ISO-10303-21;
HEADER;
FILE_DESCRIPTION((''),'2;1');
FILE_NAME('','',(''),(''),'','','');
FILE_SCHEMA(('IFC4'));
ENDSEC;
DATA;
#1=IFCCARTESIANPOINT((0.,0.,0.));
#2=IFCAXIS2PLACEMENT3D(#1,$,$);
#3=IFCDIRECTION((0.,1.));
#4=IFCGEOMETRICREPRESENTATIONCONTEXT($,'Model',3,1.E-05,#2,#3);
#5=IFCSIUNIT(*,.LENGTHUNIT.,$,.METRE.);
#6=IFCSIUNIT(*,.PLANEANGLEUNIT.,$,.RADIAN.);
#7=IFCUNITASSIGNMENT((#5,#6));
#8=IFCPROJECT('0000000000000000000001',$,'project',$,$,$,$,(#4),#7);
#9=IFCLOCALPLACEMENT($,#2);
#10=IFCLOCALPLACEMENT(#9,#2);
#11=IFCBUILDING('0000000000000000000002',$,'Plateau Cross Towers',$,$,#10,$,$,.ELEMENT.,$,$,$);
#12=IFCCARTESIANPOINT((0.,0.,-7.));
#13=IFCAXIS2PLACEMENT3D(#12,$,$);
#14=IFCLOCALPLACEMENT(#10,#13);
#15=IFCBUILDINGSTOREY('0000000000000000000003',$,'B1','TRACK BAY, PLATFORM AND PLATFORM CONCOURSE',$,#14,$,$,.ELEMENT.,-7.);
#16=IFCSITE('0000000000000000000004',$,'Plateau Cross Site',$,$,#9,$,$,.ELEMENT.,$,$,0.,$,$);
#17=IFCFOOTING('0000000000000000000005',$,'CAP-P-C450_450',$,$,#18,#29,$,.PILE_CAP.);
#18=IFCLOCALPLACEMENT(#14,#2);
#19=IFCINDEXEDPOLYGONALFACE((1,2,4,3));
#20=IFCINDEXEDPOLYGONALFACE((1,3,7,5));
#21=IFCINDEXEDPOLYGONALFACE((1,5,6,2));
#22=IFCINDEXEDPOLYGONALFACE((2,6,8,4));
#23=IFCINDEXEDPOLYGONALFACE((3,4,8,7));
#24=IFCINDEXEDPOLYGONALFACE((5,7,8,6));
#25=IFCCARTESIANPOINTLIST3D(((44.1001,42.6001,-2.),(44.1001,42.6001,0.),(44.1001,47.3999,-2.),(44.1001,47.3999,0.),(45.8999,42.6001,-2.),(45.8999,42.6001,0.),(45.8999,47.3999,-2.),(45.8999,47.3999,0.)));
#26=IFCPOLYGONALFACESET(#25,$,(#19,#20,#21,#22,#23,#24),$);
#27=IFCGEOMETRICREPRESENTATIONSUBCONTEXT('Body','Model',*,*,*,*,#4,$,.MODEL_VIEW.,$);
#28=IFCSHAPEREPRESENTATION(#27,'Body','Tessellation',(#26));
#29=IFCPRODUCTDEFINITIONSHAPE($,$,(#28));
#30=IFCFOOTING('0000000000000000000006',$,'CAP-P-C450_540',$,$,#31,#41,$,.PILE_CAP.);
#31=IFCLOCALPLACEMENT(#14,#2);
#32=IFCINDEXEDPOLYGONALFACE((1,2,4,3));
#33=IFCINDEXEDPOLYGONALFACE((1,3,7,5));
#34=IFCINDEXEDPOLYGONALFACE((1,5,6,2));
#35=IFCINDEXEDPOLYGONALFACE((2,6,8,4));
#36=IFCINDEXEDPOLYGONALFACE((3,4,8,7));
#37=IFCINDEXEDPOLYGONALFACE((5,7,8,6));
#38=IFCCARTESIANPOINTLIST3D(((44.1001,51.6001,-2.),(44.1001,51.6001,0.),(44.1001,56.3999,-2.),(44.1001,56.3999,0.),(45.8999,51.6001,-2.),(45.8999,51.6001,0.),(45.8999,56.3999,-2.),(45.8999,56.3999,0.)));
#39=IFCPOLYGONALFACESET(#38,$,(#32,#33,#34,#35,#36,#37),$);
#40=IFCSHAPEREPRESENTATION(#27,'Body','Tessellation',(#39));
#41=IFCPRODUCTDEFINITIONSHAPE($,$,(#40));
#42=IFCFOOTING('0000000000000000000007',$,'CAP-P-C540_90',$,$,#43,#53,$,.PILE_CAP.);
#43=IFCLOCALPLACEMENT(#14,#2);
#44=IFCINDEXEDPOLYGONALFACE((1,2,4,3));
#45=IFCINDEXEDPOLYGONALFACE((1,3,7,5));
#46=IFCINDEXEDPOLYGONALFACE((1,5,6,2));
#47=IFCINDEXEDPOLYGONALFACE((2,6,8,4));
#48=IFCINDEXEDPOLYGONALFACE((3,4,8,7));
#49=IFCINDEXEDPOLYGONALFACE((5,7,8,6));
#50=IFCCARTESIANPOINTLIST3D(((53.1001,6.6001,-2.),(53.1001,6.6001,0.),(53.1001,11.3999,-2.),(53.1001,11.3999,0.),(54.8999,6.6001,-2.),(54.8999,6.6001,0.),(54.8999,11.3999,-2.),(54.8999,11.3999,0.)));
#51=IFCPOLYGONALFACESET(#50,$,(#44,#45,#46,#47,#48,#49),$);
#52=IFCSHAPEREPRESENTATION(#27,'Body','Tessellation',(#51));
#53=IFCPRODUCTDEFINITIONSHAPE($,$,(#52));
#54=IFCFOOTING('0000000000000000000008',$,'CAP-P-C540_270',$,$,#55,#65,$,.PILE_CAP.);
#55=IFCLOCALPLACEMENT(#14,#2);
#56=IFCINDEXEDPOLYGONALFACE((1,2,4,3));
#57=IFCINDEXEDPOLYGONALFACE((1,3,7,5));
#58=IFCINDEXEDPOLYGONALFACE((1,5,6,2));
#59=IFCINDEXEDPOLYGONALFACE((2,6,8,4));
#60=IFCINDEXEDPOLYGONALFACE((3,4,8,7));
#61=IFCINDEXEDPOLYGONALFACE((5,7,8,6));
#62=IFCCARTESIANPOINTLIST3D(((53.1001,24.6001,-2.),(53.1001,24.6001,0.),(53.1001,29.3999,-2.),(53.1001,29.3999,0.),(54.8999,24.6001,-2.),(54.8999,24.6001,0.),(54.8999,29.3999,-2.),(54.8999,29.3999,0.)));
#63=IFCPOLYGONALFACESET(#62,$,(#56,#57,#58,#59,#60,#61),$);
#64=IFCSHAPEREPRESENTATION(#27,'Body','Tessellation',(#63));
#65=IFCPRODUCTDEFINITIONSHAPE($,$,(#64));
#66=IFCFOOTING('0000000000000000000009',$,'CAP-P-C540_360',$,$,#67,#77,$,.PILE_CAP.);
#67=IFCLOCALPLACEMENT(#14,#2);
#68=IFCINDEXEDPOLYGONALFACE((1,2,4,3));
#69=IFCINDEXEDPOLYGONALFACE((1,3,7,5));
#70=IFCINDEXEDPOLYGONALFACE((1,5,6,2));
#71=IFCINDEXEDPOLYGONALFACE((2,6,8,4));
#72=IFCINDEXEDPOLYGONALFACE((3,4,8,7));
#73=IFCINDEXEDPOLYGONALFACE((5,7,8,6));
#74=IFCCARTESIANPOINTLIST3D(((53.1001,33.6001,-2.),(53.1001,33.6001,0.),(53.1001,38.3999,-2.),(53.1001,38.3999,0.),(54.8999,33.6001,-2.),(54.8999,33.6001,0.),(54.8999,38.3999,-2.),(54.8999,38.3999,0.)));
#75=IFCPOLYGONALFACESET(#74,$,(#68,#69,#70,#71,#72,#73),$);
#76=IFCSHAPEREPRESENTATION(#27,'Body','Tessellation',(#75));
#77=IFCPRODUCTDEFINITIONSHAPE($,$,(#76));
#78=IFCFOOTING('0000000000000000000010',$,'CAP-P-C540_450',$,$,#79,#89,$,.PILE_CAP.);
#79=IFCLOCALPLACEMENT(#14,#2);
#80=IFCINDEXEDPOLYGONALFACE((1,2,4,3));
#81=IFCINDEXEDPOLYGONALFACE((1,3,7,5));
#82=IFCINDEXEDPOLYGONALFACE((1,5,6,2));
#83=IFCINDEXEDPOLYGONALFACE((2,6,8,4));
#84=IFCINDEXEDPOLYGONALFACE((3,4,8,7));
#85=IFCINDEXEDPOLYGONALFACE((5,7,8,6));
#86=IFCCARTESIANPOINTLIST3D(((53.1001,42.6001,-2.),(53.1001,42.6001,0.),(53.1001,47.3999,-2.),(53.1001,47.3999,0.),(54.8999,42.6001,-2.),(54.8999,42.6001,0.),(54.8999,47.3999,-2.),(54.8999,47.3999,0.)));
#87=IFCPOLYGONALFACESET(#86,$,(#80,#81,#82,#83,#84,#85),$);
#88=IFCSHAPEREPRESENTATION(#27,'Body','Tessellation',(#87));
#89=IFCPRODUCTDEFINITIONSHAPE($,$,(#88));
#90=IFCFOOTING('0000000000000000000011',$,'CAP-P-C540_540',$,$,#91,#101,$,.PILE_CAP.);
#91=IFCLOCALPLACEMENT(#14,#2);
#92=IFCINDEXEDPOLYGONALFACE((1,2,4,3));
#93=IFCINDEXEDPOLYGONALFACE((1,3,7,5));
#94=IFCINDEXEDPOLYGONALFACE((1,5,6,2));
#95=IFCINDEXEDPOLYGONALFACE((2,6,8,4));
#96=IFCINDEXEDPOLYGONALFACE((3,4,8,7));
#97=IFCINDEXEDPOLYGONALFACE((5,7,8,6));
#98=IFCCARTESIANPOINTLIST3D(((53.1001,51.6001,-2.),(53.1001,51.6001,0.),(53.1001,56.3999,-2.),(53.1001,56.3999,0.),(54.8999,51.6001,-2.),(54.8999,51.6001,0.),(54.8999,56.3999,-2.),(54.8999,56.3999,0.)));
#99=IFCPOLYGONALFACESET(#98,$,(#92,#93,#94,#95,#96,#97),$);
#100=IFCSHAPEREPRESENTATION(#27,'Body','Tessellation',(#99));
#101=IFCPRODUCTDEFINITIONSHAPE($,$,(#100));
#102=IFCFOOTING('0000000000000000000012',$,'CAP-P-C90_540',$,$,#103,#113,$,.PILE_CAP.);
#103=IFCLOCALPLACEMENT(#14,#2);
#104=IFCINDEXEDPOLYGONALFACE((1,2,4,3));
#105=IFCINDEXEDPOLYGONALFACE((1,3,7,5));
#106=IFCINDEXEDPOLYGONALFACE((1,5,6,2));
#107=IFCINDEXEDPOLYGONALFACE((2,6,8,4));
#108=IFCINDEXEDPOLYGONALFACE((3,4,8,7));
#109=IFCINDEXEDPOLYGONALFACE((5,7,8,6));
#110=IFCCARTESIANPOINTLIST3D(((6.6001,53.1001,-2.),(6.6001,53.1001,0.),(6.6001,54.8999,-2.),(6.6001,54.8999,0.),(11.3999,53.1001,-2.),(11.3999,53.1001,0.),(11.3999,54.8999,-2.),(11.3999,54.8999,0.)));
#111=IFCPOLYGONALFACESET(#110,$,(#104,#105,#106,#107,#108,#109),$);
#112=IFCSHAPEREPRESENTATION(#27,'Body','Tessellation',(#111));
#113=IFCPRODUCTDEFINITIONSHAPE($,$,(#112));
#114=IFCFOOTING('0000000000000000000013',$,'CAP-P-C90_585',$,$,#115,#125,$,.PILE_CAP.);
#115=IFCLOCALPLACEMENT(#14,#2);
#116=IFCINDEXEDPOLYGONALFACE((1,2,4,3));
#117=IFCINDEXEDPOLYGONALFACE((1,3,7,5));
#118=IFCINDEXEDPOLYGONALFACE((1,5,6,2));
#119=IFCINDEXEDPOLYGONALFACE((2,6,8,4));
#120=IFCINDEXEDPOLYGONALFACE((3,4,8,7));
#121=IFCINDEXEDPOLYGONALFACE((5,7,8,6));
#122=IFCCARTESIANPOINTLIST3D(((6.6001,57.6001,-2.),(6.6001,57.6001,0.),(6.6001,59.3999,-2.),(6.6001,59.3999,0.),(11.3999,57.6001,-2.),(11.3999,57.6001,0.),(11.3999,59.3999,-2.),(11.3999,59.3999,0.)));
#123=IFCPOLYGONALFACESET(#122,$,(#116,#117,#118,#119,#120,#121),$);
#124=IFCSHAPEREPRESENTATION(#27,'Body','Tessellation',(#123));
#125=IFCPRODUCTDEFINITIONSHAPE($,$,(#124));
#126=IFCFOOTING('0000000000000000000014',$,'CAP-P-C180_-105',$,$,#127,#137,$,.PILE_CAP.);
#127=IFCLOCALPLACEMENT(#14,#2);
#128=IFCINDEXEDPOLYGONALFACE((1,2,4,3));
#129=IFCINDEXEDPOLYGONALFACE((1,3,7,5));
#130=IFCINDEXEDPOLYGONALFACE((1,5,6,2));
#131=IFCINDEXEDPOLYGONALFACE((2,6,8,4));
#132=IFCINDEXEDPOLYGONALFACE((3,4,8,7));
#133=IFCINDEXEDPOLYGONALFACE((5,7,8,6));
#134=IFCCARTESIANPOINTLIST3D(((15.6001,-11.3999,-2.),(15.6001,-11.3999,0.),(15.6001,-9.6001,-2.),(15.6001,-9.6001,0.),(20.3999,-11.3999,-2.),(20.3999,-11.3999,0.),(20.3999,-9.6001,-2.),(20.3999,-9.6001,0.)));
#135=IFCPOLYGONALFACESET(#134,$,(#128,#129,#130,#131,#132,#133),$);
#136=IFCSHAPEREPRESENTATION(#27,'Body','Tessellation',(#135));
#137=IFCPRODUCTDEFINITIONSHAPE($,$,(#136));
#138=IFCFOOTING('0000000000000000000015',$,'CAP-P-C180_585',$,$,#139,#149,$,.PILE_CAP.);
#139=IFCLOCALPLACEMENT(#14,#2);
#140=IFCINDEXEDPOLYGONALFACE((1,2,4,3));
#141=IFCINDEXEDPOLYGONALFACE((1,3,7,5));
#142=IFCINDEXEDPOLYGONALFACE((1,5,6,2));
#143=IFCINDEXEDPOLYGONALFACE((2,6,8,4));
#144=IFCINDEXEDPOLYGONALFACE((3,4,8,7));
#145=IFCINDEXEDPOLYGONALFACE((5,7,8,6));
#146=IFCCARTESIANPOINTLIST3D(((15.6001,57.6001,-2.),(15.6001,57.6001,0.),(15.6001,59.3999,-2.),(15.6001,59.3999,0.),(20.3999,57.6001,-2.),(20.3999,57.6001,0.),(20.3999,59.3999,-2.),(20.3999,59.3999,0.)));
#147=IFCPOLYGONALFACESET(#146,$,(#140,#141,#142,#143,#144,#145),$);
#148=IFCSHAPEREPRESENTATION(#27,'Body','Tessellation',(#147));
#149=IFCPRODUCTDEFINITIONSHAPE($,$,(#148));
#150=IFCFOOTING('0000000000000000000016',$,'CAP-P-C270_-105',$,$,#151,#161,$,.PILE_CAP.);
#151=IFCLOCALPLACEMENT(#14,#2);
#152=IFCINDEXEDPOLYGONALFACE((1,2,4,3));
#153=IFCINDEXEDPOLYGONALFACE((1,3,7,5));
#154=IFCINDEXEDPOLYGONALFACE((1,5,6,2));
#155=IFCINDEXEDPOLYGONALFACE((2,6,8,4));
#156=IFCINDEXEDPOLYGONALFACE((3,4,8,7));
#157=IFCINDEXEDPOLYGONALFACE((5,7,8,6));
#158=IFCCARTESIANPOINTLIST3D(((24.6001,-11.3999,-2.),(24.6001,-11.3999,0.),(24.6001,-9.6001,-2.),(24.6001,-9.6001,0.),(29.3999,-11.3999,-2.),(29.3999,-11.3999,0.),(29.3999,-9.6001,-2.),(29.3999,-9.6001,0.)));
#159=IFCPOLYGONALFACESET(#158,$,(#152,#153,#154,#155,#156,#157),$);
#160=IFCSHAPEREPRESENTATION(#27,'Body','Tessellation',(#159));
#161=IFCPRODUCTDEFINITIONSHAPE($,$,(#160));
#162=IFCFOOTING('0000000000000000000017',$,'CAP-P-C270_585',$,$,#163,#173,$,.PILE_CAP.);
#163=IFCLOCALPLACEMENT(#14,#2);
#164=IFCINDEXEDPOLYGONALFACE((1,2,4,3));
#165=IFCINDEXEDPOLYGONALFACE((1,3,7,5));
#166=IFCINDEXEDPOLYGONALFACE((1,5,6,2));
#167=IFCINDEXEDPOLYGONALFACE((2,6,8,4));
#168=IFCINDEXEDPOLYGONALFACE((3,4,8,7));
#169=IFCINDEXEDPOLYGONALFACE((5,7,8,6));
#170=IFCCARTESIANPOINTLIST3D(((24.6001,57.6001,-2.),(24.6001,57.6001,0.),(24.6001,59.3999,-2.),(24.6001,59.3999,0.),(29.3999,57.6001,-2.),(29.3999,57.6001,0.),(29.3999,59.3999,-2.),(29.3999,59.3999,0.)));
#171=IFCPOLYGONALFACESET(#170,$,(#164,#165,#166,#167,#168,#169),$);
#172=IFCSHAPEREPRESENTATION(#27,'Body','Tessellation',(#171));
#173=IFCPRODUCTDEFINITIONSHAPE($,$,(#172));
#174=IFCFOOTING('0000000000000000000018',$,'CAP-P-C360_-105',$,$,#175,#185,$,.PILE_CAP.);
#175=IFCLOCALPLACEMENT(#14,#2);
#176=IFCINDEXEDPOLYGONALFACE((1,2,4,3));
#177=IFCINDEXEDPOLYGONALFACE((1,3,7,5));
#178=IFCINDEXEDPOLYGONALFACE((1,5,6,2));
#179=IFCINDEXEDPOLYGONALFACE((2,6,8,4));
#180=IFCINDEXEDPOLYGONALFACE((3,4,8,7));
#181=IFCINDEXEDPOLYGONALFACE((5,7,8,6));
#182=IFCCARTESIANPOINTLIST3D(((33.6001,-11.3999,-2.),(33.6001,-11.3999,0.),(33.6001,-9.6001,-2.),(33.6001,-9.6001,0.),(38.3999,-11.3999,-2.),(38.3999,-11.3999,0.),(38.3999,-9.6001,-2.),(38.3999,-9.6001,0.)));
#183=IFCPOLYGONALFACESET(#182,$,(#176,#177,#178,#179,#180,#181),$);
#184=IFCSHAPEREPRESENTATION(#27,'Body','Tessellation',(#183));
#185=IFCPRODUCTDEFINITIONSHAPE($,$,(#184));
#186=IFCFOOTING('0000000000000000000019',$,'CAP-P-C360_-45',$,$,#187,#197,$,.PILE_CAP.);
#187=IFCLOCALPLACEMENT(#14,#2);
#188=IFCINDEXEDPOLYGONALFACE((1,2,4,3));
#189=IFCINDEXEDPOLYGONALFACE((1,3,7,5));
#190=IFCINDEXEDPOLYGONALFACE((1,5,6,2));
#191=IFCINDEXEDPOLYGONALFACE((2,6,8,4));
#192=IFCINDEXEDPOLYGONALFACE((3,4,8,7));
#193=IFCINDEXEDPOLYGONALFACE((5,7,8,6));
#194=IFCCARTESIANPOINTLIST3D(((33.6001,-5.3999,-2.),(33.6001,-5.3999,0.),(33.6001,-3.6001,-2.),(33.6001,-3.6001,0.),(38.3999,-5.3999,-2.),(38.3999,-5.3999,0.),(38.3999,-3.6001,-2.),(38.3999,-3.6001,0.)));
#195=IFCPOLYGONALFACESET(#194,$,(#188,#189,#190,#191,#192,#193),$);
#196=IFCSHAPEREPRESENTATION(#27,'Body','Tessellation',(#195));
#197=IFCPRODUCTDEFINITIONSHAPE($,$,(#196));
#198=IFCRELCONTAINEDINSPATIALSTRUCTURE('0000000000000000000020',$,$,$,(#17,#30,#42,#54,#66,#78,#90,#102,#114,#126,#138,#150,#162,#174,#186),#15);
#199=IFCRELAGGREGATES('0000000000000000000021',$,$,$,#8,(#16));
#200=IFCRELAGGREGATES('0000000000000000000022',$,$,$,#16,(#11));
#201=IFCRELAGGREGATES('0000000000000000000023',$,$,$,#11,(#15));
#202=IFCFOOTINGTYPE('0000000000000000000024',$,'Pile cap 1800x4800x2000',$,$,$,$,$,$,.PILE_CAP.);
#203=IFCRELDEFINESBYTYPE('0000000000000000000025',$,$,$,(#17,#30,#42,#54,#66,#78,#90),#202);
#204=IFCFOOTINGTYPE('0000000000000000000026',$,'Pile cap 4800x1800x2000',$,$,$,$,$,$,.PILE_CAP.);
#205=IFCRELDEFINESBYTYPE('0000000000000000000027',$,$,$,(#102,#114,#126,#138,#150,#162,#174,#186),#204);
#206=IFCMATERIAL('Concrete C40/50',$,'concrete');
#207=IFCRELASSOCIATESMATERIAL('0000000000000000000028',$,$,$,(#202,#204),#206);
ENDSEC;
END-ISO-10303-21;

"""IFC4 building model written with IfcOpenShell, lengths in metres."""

from ifc_helpers import new_model, si_unit, direction, frame, origin, place, context, subcontext, project, spatial, polyline, outline, extrude, material, type_object, element, save


model = new_model("IFC4")

# Units and contexts
model_context = context("Model", 3, precision=1e-05, world=origin(), true_north=direction((0.0, 1.0)))
body_context = subcontext(model_context, "Body", "Model", "MODEL_VIEW")
ifc_project = project(units=[si_unit("LENGTHUNIT", "METRE"), si_unit("PLANEANGLEUNIT", "RADIAN")], contexts=[model_context])

# Site, building, storey
site_placement = place(None, origin())
site = spatial("IfcSite", under=ifc_project, at=site_placement, Name="Plateau Cross Site", CompositionType="ELEMENT", RefElevation=0.0)
building_placement = place(site_placement, origin())
building = spatial("IfcBuilding", under=site, at=building_placement, Name="Plateau Cross Towers", CompositionType="ELEMENT")
storey_placement = place(building_placement, frame((0.0, 0.0, -7.0)))
storey = spatial("IfcBuildingStorey", under=building, at=storey_placement, Name="B1", Description="TRACK BAY, PLATFORM AND PLATFORM CONCOURSE", CompositionType="ELEMENT", Elevation=-7.0)

# Footings
ifc_material = material(Name="Concrete C40/50", Category="concrete")
footing_type_1 = type_object("IfcFootingType", Name="Pile cap 1800x4800x2000", PredefinedType="PILE_CAP", material=ifc_material)
footing_1_placement = place(storey_placement, frame((0.0, 0.0, -2.0)))
element("IfcFooting", 1, at=footing_1_placement, inside=storey, type_object=footing_type_1, Name="CAP-P-C450_450", PredefinedType="PILE_CAP", context=body_context, shape_type="SweptSolid", body=[
    extrude(outline(polyline([(45.8999, 42.6001), (45.8999, 47.3999), (44.1001, 47.3999), (44.1001, 42.6001), (45.8999, 42.6001)])), origin(), (0.0, 0.0, 1.0), 2.0),
])
footing_2_placement = place(storey_placement, frame((0.0, 0.0, -2.0)))
element("IfcFooting", 2, at=footing_2_placement, inside=storey, type_object=footing_type_1, Name="CAP-P-C450_540", PredefinedType="PILE_CAP", context=body_context, shape_type="SweptSolid", body=[
    extrude(outline(polyline([(45.8999, 51.6001), (45.8999, 56.3999), (44.1001, 56.3999), (44.1001, 51.6001), (45.8999, 51.6001)])), origin(), (0.0, 0.0, 1.0), 2.0),
])
footing_3_placement = place(storey_placement, frame((0.0, 0.0, -2.0)))
element("IfcFooting", 3, at=footing_3_placement, inside=storey, type_object=footing_type_1, Name="CAP-P-C540_90", PredefinedType="PILE_CAP", context=body_context, shape_type="SweptSolid", body=[
    extrude(outline(polyline([(54.8999, 6.6001), (54.8999, 11.3999), (53.1001, 11.3999), (53.1001, 6.6001), (54.8999, 6.6001)])), origin(), (0.0, 0.0, 1.0), 2.0),
])
footing_4_placement = place(storey_placement, frame((0.0, 0.0, -2.0)))
element("IfcFooting", 4, at=footing_4_placement, inside=storey, type_object=footing_type_1, Name="CAP-P-C540_270", PredefinedType="PILE_CAP", context=body_context, shape_type="SweptSolid", body=[
    extrude(outline(polyline([(54.8999, 24.6001), (54.8999, 29.3999), (53.1001, 29.3999), (53.1001, 24.6001), (54.8999, 24.6001)])), origin(), (0.0, 0.0, 1.0), 2.0),
])
footing_5_placement = place(storey_placement, frame((0.0, 0.0, -2.0)))
element("IfcFooting", 5, at=footing_5_placement, inside=storey, type_object=footing_type_1, Name="CAP-P-C540_360", PredefinedType="PILE_CAP", context=body_context, shape_type="SweptSolid", body=[
    extrude(outline(polyline([(54.8999, 33.6001), (54.8999, 38.3999), (53.1001, 38.3999), (53.1001, 33.6001), (54.8999, 33.6001)])), origin(), (0.0, 0.0, 1.0), 2.0),
])
footing_6_placement = place(storey_placement, frame((0.0, 0.0, -2.0)))
element("IfcFooting", 6, at=footing_6_placement, inside=storey, type_object=footing_type_1, Name="CAP-P-C540_450", PredefinedType="PILE_CAP", context=body_context, shape_type="SweptSolid", body=[
    extrude(outline(polyline([(54.8999, 42.6001), (54.8999, 47.3999), (53.1001, 47.3999), (53.1001, 42.6001), (54.8999, 42.6001)])), origin(), (0.0, 0.0, 1.0), 2.0),
])
footing_7_placement = place(storey_placement, frame((0.0, 0.0, -2.0)))
element("IfcFooting", 7, at=footing_7_placement, inside=storey, type_object=footing_type_1, Name="CAP-P-C540_540", PredefinedType="PILE_CAP", context=body_context, shape_type="SweptSolid", body=[
    extrude(outline(polyline([(54.8999, 51.6001), (54.8999, 56.3999), (53.1001, 56.3999), (53.1001, 51.6001), (54.8999, 51.6001)])), origin(), (0.0, 0.0, 1.0), 2.0),
])
footing_type_2 = type_object("IfcFootingType", Name="Pile cap 4800x1800x2000", PredefinedType="PILE_CAP", material=ifc_material)
footing_8_placement = place(storey_placement, frame((0.0, 0.0, -2.0)))
element("IfcFooting", 8, at=footing_8_placement, inside=storey, type_object=footing_type_2, Name="CAP-P-C90_540", PredefinedType="PILE_CAP", context=body_context, shape_type="SweptSolid", body=[
    extrude(outline(polyline([(11.3999, 53.1001), (11.3999, 54.8999), (6.6001, 54.8999), (6.6001, 53.1001), (11.3999, 53.1001)])), origin(), (0.0, 0.0, 1.0), 2.0),
])
footing_9_placement = place(storey_placement, frame((0.0, 0.0, -2.0)))
element("IfcFooting", 9, at=footing_9_placement, inside=storey, type_object=footing_type_2, Name="CAP-P-C90_585", PredefinedType="PILE_CAP", context=body_context, shape_type="SweptSolid", body=[
    extrude(outline(polyline([(11.3999, 57.6001), (11.3999, 59.3999), (6.6001, 59.3999), (6.6001, 57.6001), (11.3999, 57.6001)])), origin(), (0.0, 0.0, 1.0), 2.0),
])
footing_10_placement = place(storey_placement, frame((0.0, 0.0, -2.0)))
element("IfcFooting", 10, at=footing_10_placement, inside=storey, type_object=footing_type_2, Name="CAP-P-C180_-105", PredefinedType="PILE_CAP", context=body_context, shape_type="SweptSolid", body=[
    extrude(outline(polyline([(20.3999, -11.3999), (20.3999, -9.6001), (15.6001, -9.6001), (15.6001, -11.3999), (20.3999, -11.3999)])), origin(), (0.0, 0.0, 1.0), 2.0),
])
footing_11_placement = place(storey_placement, frame((0.0, 0.0, -2.0)))
element("IfcFooting", 11, at=footing_11_placement, inside=storey, type_object=footing_type_2, Name="CAP-P-C180_585", PredefinedType="PILE_CAP", context=body_context, shape_type="SweptSolid", body=[
    extrude(outline(polyline([(20.3999, 57.6001), (20.3999, 59.3999), (15.6001, 59.3999), (15.6001, 57.6001), (20.3999, 57.6001)])), origin(), (0.0, 0.0, 1.0), 2.0),
])
footing_12_placement = place(storey_placement, frame((0.0, 0.0, -2.0)))
element("IfcFooting", 12, at=footing_12_placement, inside=storey, type_object=footing_type_2, Name="CAP-P-C270_-105", PredefinedType="PILE_CAP", context=body_context, shape_type="SweptSolid", body=[
    extrude(outline(polyline([(29.3999, -11.3999), (29.3999, -9.6001), (24.6001, -9.6001), (24.6001, -11.3999), (29.3999, -11.3999)])), origin(), (0.0, 0.0, 1.0), 2.0),
])
footing_13_placement = place(storey_placement, frame((0.0, 0.0, -2.0)))
element("IfcFooting", 13, at=footing_13_placement, inside=storey, type_object=footing_type_2, Name="CAP-P-C270_585", PredefinedType="PILE_CAP", context=body_context, shape_type="SweptSolid", body=[
    extrude(outline(polyline([(29.3999, 57.6001), (29.3999, 59.3999), (24.6001, 59.3999), (24.6001, 57.6001), (29.3999, 57.6001)])), origin(), (0.0, 0.0, 1.0), 2.0),
])
footing_14_placement = place(storey_placement, frame((0.0, 0.0, -2.0)))
element("IfcFooting", 14, at=footing_14_placement, inside=storey, type_object=footing_type_2, Name="CAP-P-C360_-105", PredefinedType="PILE_CAP", context=body_context, shape_type="SweptSolid", body=[
    extrude(outline(polyline([(38.3999, -11.3999), (38.3999, -9.6001), (33.6001, -9.6001), (33.6001, -11.3999), (38.3999, -11.3999)])), origin(), (0.0, 0.0, 1.0), 2.0),
])
footing_15_placement = place(storey_placement, frame((0.0, 0.0, -2.0)))
element("IfcFooting", 15, at=footing_15_placement, inside=storey, type_object=footing_type_2, Name="CAP-P-C360_-45", PredefinedType="PILE_CAP", context=body_context, shape_type="SweptSolid", body=[
    extrude(outline(polyline([(38.3999, -5.3999), (38.3999, -3.6001), (33.6001, -3.6001), (33.6001, -5.3999), (38.3999, -5.3999)])), origin(), (0.0, 0.0, 1.0), 2.0),
])

save(model, "model.ifc")
